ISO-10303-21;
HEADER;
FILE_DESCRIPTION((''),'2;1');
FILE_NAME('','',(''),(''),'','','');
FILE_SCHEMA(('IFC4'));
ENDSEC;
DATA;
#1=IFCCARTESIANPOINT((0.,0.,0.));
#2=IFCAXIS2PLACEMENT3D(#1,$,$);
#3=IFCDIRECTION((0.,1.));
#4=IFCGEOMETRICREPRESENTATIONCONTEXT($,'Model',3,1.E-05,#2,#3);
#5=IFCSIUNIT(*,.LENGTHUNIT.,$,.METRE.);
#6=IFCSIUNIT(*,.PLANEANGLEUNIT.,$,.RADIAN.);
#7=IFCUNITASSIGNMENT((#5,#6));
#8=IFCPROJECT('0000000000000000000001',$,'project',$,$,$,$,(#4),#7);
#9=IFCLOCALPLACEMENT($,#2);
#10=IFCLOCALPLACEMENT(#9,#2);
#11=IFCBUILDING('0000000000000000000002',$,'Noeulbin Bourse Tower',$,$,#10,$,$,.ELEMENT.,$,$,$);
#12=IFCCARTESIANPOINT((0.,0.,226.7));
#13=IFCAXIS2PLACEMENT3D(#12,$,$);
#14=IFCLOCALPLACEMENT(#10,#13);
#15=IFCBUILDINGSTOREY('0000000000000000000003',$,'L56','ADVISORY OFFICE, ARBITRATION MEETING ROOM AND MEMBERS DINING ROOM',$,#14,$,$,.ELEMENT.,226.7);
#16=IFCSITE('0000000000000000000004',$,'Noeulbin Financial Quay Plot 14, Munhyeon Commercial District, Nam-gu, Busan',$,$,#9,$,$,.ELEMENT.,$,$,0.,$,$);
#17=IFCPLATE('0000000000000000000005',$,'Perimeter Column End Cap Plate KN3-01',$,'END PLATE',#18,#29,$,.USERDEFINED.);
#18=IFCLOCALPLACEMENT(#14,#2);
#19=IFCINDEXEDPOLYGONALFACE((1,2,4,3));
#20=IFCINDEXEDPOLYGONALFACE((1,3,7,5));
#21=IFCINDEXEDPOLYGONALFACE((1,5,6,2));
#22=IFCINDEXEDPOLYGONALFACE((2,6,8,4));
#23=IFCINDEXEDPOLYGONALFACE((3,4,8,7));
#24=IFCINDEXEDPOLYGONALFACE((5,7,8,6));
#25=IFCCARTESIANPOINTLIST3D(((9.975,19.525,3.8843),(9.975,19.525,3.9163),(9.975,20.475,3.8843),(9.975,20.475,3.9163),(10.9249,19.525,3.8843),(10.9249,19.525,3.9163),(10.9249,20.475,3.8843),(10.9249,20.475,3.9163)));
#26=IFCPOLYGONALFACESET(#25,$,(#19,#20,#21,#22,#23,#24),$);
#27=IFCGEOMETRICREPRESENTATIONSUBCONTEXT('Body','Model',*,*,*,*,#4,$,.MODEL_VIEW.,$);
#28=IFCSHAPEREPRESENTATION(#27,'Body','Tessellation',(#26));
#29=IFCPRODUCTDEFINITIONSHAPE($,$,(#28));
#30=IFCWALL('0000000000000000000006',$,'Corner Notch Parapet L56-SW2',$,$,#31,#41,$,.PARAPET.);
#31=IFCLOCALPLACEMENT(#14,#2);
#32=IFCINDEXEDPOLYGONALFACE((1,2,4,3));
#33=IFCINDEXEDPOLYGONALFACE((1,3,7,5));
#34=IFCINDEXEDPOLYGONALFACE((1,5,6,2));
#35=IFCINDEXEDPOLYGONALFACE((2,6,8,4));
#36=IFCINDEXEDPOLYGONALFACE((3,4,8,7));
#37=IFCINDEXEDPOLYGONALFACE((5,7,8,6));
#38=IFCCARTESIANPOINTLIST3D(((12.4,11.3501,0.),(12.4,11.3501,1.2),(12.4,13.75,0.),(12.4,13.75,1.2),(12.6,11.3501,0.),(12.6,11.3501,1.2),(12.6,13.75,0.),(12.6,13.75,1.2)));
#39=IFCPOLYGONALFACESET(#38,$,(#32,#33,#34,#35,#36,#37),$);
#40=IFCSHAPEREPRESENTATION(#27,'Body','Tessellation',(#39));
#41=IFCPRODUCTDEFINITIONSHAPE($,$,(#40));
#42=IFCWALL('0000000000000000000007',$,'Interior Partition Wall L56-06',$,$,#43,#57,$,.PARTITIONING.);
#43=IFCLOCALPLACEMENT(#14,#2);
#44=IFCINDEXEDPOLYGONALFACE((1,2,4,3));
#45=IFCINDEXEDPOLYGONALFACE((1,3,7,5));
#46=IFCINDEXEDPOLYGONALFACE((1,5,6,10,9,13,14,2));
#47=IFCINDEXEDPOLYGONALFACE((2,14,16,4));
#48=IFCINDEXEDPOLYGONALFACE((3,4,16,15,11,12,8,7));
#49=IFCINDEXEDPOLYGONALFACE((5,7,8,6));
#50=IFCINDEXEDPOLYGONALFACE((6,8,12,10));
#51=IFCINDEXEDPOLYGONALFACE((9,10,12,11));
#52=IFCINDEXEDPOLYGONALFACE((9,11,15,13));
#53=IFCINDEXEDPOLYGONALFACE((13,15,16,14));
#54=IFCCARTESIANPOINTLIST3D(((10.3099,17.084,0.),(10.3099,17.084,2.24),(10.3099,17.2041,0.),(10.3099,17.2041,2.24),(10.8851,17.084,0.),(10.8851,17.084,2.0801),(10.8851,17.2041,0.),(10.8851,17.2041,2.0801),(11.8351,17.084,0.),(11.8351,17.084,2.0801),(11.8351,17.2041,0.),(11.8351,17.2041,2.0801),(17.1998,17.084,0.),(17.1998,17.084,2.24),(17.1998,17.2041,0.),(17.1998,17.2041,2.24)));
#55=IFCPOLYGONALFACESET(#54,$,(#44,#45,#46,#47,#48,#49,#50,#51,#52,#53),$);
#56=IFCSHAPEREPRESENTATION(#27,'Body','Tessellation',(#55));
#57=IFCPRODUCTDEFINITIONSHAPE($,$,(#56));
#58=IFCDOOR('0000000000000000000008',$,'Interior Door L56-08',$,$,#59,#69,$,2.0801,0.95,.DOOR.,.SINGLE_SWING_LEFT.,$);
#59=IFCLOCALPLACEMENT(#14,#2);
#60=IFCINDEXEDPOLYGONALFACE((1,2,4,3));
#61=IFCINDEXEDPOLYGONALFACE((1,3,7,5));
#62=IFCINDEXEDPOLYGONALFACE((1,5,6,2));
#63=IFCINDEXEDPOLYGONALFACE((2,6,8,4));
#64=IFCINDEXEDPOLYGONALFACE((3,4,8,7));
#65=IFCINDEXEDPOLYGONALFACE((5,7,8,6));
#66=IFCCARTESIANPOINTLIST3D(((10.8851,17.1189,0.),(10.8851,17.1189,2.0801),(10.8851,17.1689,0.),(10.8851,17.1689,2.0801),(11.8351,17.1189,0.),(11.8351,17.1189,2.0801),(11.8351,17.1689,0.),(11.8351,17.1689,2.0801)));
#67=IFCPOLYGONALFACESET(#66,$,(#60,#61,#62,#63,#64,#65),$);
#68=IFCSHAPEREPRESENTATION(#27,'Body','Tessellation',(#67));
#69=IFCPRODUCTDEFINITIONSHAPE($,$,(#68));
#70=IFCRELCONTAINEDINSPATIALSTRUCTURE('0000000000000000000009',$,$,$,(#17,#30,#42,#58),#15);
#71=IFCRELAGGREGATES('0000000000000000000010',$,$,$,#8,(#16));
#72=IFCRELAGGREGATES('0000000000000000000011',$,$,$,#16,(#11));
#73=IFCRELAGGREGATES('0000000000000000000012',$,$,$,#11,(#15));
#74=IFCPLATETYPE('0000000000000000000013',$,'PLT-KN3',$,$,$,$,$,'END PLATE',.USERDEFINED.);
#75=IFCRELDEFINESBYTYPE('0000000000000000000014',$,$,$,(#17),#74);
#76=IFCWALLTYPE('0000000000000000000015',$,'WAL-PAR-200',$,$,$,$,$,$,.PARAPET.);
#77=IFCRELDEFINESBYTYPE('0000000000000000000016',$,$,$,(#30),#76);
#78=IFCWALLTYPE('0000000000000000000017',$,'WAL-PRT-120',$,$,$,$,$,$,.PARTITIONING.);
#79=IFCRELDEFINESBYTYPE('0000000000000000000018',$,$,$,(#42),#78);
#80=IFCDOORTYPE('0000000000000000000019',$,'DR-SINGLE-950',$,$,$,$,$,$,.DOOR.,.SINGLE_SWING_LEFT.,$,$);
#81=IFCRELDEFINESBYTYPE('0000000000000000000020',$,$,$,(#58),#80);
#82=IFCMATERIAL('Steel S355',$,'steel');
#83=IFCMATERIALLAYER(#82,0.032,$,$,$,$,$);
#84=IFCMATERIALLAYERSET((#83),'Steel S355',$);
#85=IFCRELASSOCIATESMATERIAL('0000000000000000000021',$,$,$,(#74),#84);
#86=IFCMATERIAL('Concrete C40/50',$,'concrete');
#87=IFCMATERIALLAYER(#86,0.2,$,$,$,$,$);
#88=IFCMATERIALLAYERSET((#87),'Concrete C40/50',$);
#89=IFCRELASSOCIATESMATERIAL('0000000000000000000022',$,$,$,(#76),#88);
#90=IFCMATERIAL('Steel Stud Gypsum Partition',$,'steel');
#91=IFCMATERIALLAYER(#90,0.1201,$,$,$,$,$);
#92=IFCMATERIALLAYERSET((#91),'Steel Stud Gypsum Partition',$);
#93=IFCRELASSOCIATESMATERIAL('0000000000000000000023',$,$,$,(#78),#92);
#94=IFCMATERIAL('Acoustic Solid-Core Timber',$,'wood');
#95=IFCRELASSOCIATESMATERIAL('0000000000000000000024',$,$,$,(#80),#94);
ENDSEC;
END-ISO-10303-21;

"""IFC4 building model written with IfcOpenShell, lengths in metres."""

from ifc_helpers import new_model, si_unit, direction, frame, frame_2d, origin, origin_2d, place, context, subcontext, project, spatial, rectangle, extrude, material, layer, layer_set, type_object, element, fill, save


model = new_model("IFC4")

# Units and contexts
model_context = context("Model", 3, precision=1e-05, world=origin(), true_north=direction((0.0, 1.0)))
body_context = subcontext(model_context, "Body", "Model", "MODEL_VIEW")
ifc_project = project(units=[si_unit("LENGTHUNIT", "METRE"), si_unit("PLANEANGLEUNIT", "RADIAN")], contexts=[model_context])

# Site, building, storey
site_placement = place(None, origin())
site = spatial("IfcSite", under=ifc_project, at=site_placement, Name="Noeulbin Financial Quay Plot 14, Munhyeon Commercial District, Nam-gu, Busan", CompositionType="ELEMENT", RefElevation=0.0)
building_placement = place(site_placement, origin())
building = spatial("IfcBuilding", under=site, at=building_placement, Name="Noeulbin Bourse Tower", CompositionType="ELEMENT")
storey_placement = place(building_placement, frame((0.0, 0.0, 226.7)))
storey = spatial("IfcBuildingStorey", under=building, at=storey_placement, Name="L56", Description="ADVISORY OFFICE, ARBITRATION MEETING ROOM AND MEMBERS DINING ROOM", CompositionType="ELEMENT", Elevation=226.7)

# Shared definitions
ifc_material_1 = material(Name="Steel S355", Category="steel")

# Plate
ifc_layer_1 = layer(ifc_material_1, 0.032)
ifc_layer_set_1 = layer_set([ifc_layer_1], Name="Steel S355")
plate_type_1 = type_object("IfcPlateType", Name="PLT-KN3", ElementType="END PLATE", PredefinedType="USERDEFINED", material=ifc_layer_set_1)
plate_1_placement = place(storey_placement, frame((10.45, 20.0, 3.8843), z_axis=(0.0, 0.0, 1.0), x_axis=(1.0, 0.0, 0.0)))
element("IfcPlate", 1, at=plate_1_placement, inside=storey, type_object=plate_type_1, Name="Perimeter Column End Cap Plate KN3-01", ObjectType="END PLATE", PredefinedType="USERDEFINED", context=body_context, shape_type="SweptSolid", body=[
    extrude(rectangle(XDim=0.95, YDim=0.95, at=origin_2d()), origin(), (0.0, 0.0, 1.0), 0.032),
])

# Wall
ifc_material_2 = material(Name="Concrete C40/50", Category="concrete")
ifc_layer_2 = layer(ifc_material_2, 0.2)
ifc_layer_set_2 = layer_set([ifc_layer_2], Name="Concrete C40/50")
wall_type_1 = type_object("IfcWallType", Name="WAL-PAR-200", PredefinedType="PARAPET", material=ifc_layer_set_2)
wall_1_placement = place(storey_placement, frame((12.5, 13.75, 0.0), z_axis=(0.0, 0.0, 1.0), x_axis=(0.0, -1.0, 0.0)))
element("IfcWall", 2, at=wall_1_placement, inside=storey, type_object=wall_type_1, Name="Corner Notch Parapet L56-SW2", PredefinedType="PARAPET", context=body_context, shape_type="SweptSolid", body=[
    extrude(rectangle(XDim=2.3999, YDim=0.2, at=frame_2d((1.2, 0.0))), origin(), (0.0, 0.0, 1.0), 1.2),
])

# Wall, opening, door
ifc_material_3 = material(Name="Steel Stud Gypsum Partition", Category="steel")
ifc_layer_3 = layer(ifc_material_3, 0.1201)
ifc_layer_set_3 = layer_set([ifc_layer_3], Name="Steel Stud Gypsum Partition")
wall_type_2 = type_object("IfcWallType", Name="WAL-PRT-120", PredefinedType="PARTITIONING", material=ifc_layer_set_3)
wall_2_placement = place(storey_placement, frame((10.3101, 17.144, 0.0), z_axis=(0.0, 0.0, 1.0), x_axis=(1.0, 0.0, 0.0)))
wall_2 = element("IfcWall", 3, at=wall_2_placement, inside=storey, type_object=wall_type_2, Name="Interior Partition Wall L56-06", PredefinedType="PARTITIONING", context=body_context, shape_type="SweptSolid", body=[
    extrude(rectangle(XDim=6.8899, YDim=0.1201, at=frame_2d((3.4448, 0.0))), origin(), (0.0, 0.0, 1.0), 2.24),
])
opening_placement = place(wall_2_placement, frame((0.575, 0.0, 0.0)))
opening = element("IfcOpeningElement", 4, at=opening_placement, cuts=wall_2, PredefinedType="OPENING", context=body_context, shape_type="SweptSolid", body=[
    extrude(rectangle(XDim=0.95, YDim=2.0801, at=frame_2d((0.4751, 1.04))), frame((0.0, 0.0701, 0.0), z_axis=(0.0, -1.0, 0.0), x_axis=(1.0, 0.0, 0.0)), (0.0, 0.0, 1.0), 0.1401),
])
ifc_material_4 = material(Name="Acoustic Solid-Core Timber", Category="wood")
door_type = type_object("IfcDoorType", Name="DR-SINGLE-950", OperationType="SINGLE_SWING_LEFT", PredefinedType="DOOR", material=ifc_material_4)
door_placement = place(opening_placement, origin())
door = element("IfcDoor", 5, at=door_placement, inside=storey, type_object=door_type, Name="Interior Door L56-08", OperationType="SINGLE_SWING_LEFT", OverallHeight=2.0801, OverallWidth=0.95, PredefinedType="DOOR", context=body_context, shape_type="SweptSolid", body=[
    extrude(rectangle(XDim=0.95, YDim=2.0801, at=frame_2d((0.4751, 1.04))), frame((0.0, 0.0249, 0.0), z_axis=(0.0, -1.0, 0.0), x_axis=(1.0, 0.0, 0.0)), (0.0, 0.0, 1.0), 0.05),
])
fill(opening, door)

save(model, "model.ifc")
